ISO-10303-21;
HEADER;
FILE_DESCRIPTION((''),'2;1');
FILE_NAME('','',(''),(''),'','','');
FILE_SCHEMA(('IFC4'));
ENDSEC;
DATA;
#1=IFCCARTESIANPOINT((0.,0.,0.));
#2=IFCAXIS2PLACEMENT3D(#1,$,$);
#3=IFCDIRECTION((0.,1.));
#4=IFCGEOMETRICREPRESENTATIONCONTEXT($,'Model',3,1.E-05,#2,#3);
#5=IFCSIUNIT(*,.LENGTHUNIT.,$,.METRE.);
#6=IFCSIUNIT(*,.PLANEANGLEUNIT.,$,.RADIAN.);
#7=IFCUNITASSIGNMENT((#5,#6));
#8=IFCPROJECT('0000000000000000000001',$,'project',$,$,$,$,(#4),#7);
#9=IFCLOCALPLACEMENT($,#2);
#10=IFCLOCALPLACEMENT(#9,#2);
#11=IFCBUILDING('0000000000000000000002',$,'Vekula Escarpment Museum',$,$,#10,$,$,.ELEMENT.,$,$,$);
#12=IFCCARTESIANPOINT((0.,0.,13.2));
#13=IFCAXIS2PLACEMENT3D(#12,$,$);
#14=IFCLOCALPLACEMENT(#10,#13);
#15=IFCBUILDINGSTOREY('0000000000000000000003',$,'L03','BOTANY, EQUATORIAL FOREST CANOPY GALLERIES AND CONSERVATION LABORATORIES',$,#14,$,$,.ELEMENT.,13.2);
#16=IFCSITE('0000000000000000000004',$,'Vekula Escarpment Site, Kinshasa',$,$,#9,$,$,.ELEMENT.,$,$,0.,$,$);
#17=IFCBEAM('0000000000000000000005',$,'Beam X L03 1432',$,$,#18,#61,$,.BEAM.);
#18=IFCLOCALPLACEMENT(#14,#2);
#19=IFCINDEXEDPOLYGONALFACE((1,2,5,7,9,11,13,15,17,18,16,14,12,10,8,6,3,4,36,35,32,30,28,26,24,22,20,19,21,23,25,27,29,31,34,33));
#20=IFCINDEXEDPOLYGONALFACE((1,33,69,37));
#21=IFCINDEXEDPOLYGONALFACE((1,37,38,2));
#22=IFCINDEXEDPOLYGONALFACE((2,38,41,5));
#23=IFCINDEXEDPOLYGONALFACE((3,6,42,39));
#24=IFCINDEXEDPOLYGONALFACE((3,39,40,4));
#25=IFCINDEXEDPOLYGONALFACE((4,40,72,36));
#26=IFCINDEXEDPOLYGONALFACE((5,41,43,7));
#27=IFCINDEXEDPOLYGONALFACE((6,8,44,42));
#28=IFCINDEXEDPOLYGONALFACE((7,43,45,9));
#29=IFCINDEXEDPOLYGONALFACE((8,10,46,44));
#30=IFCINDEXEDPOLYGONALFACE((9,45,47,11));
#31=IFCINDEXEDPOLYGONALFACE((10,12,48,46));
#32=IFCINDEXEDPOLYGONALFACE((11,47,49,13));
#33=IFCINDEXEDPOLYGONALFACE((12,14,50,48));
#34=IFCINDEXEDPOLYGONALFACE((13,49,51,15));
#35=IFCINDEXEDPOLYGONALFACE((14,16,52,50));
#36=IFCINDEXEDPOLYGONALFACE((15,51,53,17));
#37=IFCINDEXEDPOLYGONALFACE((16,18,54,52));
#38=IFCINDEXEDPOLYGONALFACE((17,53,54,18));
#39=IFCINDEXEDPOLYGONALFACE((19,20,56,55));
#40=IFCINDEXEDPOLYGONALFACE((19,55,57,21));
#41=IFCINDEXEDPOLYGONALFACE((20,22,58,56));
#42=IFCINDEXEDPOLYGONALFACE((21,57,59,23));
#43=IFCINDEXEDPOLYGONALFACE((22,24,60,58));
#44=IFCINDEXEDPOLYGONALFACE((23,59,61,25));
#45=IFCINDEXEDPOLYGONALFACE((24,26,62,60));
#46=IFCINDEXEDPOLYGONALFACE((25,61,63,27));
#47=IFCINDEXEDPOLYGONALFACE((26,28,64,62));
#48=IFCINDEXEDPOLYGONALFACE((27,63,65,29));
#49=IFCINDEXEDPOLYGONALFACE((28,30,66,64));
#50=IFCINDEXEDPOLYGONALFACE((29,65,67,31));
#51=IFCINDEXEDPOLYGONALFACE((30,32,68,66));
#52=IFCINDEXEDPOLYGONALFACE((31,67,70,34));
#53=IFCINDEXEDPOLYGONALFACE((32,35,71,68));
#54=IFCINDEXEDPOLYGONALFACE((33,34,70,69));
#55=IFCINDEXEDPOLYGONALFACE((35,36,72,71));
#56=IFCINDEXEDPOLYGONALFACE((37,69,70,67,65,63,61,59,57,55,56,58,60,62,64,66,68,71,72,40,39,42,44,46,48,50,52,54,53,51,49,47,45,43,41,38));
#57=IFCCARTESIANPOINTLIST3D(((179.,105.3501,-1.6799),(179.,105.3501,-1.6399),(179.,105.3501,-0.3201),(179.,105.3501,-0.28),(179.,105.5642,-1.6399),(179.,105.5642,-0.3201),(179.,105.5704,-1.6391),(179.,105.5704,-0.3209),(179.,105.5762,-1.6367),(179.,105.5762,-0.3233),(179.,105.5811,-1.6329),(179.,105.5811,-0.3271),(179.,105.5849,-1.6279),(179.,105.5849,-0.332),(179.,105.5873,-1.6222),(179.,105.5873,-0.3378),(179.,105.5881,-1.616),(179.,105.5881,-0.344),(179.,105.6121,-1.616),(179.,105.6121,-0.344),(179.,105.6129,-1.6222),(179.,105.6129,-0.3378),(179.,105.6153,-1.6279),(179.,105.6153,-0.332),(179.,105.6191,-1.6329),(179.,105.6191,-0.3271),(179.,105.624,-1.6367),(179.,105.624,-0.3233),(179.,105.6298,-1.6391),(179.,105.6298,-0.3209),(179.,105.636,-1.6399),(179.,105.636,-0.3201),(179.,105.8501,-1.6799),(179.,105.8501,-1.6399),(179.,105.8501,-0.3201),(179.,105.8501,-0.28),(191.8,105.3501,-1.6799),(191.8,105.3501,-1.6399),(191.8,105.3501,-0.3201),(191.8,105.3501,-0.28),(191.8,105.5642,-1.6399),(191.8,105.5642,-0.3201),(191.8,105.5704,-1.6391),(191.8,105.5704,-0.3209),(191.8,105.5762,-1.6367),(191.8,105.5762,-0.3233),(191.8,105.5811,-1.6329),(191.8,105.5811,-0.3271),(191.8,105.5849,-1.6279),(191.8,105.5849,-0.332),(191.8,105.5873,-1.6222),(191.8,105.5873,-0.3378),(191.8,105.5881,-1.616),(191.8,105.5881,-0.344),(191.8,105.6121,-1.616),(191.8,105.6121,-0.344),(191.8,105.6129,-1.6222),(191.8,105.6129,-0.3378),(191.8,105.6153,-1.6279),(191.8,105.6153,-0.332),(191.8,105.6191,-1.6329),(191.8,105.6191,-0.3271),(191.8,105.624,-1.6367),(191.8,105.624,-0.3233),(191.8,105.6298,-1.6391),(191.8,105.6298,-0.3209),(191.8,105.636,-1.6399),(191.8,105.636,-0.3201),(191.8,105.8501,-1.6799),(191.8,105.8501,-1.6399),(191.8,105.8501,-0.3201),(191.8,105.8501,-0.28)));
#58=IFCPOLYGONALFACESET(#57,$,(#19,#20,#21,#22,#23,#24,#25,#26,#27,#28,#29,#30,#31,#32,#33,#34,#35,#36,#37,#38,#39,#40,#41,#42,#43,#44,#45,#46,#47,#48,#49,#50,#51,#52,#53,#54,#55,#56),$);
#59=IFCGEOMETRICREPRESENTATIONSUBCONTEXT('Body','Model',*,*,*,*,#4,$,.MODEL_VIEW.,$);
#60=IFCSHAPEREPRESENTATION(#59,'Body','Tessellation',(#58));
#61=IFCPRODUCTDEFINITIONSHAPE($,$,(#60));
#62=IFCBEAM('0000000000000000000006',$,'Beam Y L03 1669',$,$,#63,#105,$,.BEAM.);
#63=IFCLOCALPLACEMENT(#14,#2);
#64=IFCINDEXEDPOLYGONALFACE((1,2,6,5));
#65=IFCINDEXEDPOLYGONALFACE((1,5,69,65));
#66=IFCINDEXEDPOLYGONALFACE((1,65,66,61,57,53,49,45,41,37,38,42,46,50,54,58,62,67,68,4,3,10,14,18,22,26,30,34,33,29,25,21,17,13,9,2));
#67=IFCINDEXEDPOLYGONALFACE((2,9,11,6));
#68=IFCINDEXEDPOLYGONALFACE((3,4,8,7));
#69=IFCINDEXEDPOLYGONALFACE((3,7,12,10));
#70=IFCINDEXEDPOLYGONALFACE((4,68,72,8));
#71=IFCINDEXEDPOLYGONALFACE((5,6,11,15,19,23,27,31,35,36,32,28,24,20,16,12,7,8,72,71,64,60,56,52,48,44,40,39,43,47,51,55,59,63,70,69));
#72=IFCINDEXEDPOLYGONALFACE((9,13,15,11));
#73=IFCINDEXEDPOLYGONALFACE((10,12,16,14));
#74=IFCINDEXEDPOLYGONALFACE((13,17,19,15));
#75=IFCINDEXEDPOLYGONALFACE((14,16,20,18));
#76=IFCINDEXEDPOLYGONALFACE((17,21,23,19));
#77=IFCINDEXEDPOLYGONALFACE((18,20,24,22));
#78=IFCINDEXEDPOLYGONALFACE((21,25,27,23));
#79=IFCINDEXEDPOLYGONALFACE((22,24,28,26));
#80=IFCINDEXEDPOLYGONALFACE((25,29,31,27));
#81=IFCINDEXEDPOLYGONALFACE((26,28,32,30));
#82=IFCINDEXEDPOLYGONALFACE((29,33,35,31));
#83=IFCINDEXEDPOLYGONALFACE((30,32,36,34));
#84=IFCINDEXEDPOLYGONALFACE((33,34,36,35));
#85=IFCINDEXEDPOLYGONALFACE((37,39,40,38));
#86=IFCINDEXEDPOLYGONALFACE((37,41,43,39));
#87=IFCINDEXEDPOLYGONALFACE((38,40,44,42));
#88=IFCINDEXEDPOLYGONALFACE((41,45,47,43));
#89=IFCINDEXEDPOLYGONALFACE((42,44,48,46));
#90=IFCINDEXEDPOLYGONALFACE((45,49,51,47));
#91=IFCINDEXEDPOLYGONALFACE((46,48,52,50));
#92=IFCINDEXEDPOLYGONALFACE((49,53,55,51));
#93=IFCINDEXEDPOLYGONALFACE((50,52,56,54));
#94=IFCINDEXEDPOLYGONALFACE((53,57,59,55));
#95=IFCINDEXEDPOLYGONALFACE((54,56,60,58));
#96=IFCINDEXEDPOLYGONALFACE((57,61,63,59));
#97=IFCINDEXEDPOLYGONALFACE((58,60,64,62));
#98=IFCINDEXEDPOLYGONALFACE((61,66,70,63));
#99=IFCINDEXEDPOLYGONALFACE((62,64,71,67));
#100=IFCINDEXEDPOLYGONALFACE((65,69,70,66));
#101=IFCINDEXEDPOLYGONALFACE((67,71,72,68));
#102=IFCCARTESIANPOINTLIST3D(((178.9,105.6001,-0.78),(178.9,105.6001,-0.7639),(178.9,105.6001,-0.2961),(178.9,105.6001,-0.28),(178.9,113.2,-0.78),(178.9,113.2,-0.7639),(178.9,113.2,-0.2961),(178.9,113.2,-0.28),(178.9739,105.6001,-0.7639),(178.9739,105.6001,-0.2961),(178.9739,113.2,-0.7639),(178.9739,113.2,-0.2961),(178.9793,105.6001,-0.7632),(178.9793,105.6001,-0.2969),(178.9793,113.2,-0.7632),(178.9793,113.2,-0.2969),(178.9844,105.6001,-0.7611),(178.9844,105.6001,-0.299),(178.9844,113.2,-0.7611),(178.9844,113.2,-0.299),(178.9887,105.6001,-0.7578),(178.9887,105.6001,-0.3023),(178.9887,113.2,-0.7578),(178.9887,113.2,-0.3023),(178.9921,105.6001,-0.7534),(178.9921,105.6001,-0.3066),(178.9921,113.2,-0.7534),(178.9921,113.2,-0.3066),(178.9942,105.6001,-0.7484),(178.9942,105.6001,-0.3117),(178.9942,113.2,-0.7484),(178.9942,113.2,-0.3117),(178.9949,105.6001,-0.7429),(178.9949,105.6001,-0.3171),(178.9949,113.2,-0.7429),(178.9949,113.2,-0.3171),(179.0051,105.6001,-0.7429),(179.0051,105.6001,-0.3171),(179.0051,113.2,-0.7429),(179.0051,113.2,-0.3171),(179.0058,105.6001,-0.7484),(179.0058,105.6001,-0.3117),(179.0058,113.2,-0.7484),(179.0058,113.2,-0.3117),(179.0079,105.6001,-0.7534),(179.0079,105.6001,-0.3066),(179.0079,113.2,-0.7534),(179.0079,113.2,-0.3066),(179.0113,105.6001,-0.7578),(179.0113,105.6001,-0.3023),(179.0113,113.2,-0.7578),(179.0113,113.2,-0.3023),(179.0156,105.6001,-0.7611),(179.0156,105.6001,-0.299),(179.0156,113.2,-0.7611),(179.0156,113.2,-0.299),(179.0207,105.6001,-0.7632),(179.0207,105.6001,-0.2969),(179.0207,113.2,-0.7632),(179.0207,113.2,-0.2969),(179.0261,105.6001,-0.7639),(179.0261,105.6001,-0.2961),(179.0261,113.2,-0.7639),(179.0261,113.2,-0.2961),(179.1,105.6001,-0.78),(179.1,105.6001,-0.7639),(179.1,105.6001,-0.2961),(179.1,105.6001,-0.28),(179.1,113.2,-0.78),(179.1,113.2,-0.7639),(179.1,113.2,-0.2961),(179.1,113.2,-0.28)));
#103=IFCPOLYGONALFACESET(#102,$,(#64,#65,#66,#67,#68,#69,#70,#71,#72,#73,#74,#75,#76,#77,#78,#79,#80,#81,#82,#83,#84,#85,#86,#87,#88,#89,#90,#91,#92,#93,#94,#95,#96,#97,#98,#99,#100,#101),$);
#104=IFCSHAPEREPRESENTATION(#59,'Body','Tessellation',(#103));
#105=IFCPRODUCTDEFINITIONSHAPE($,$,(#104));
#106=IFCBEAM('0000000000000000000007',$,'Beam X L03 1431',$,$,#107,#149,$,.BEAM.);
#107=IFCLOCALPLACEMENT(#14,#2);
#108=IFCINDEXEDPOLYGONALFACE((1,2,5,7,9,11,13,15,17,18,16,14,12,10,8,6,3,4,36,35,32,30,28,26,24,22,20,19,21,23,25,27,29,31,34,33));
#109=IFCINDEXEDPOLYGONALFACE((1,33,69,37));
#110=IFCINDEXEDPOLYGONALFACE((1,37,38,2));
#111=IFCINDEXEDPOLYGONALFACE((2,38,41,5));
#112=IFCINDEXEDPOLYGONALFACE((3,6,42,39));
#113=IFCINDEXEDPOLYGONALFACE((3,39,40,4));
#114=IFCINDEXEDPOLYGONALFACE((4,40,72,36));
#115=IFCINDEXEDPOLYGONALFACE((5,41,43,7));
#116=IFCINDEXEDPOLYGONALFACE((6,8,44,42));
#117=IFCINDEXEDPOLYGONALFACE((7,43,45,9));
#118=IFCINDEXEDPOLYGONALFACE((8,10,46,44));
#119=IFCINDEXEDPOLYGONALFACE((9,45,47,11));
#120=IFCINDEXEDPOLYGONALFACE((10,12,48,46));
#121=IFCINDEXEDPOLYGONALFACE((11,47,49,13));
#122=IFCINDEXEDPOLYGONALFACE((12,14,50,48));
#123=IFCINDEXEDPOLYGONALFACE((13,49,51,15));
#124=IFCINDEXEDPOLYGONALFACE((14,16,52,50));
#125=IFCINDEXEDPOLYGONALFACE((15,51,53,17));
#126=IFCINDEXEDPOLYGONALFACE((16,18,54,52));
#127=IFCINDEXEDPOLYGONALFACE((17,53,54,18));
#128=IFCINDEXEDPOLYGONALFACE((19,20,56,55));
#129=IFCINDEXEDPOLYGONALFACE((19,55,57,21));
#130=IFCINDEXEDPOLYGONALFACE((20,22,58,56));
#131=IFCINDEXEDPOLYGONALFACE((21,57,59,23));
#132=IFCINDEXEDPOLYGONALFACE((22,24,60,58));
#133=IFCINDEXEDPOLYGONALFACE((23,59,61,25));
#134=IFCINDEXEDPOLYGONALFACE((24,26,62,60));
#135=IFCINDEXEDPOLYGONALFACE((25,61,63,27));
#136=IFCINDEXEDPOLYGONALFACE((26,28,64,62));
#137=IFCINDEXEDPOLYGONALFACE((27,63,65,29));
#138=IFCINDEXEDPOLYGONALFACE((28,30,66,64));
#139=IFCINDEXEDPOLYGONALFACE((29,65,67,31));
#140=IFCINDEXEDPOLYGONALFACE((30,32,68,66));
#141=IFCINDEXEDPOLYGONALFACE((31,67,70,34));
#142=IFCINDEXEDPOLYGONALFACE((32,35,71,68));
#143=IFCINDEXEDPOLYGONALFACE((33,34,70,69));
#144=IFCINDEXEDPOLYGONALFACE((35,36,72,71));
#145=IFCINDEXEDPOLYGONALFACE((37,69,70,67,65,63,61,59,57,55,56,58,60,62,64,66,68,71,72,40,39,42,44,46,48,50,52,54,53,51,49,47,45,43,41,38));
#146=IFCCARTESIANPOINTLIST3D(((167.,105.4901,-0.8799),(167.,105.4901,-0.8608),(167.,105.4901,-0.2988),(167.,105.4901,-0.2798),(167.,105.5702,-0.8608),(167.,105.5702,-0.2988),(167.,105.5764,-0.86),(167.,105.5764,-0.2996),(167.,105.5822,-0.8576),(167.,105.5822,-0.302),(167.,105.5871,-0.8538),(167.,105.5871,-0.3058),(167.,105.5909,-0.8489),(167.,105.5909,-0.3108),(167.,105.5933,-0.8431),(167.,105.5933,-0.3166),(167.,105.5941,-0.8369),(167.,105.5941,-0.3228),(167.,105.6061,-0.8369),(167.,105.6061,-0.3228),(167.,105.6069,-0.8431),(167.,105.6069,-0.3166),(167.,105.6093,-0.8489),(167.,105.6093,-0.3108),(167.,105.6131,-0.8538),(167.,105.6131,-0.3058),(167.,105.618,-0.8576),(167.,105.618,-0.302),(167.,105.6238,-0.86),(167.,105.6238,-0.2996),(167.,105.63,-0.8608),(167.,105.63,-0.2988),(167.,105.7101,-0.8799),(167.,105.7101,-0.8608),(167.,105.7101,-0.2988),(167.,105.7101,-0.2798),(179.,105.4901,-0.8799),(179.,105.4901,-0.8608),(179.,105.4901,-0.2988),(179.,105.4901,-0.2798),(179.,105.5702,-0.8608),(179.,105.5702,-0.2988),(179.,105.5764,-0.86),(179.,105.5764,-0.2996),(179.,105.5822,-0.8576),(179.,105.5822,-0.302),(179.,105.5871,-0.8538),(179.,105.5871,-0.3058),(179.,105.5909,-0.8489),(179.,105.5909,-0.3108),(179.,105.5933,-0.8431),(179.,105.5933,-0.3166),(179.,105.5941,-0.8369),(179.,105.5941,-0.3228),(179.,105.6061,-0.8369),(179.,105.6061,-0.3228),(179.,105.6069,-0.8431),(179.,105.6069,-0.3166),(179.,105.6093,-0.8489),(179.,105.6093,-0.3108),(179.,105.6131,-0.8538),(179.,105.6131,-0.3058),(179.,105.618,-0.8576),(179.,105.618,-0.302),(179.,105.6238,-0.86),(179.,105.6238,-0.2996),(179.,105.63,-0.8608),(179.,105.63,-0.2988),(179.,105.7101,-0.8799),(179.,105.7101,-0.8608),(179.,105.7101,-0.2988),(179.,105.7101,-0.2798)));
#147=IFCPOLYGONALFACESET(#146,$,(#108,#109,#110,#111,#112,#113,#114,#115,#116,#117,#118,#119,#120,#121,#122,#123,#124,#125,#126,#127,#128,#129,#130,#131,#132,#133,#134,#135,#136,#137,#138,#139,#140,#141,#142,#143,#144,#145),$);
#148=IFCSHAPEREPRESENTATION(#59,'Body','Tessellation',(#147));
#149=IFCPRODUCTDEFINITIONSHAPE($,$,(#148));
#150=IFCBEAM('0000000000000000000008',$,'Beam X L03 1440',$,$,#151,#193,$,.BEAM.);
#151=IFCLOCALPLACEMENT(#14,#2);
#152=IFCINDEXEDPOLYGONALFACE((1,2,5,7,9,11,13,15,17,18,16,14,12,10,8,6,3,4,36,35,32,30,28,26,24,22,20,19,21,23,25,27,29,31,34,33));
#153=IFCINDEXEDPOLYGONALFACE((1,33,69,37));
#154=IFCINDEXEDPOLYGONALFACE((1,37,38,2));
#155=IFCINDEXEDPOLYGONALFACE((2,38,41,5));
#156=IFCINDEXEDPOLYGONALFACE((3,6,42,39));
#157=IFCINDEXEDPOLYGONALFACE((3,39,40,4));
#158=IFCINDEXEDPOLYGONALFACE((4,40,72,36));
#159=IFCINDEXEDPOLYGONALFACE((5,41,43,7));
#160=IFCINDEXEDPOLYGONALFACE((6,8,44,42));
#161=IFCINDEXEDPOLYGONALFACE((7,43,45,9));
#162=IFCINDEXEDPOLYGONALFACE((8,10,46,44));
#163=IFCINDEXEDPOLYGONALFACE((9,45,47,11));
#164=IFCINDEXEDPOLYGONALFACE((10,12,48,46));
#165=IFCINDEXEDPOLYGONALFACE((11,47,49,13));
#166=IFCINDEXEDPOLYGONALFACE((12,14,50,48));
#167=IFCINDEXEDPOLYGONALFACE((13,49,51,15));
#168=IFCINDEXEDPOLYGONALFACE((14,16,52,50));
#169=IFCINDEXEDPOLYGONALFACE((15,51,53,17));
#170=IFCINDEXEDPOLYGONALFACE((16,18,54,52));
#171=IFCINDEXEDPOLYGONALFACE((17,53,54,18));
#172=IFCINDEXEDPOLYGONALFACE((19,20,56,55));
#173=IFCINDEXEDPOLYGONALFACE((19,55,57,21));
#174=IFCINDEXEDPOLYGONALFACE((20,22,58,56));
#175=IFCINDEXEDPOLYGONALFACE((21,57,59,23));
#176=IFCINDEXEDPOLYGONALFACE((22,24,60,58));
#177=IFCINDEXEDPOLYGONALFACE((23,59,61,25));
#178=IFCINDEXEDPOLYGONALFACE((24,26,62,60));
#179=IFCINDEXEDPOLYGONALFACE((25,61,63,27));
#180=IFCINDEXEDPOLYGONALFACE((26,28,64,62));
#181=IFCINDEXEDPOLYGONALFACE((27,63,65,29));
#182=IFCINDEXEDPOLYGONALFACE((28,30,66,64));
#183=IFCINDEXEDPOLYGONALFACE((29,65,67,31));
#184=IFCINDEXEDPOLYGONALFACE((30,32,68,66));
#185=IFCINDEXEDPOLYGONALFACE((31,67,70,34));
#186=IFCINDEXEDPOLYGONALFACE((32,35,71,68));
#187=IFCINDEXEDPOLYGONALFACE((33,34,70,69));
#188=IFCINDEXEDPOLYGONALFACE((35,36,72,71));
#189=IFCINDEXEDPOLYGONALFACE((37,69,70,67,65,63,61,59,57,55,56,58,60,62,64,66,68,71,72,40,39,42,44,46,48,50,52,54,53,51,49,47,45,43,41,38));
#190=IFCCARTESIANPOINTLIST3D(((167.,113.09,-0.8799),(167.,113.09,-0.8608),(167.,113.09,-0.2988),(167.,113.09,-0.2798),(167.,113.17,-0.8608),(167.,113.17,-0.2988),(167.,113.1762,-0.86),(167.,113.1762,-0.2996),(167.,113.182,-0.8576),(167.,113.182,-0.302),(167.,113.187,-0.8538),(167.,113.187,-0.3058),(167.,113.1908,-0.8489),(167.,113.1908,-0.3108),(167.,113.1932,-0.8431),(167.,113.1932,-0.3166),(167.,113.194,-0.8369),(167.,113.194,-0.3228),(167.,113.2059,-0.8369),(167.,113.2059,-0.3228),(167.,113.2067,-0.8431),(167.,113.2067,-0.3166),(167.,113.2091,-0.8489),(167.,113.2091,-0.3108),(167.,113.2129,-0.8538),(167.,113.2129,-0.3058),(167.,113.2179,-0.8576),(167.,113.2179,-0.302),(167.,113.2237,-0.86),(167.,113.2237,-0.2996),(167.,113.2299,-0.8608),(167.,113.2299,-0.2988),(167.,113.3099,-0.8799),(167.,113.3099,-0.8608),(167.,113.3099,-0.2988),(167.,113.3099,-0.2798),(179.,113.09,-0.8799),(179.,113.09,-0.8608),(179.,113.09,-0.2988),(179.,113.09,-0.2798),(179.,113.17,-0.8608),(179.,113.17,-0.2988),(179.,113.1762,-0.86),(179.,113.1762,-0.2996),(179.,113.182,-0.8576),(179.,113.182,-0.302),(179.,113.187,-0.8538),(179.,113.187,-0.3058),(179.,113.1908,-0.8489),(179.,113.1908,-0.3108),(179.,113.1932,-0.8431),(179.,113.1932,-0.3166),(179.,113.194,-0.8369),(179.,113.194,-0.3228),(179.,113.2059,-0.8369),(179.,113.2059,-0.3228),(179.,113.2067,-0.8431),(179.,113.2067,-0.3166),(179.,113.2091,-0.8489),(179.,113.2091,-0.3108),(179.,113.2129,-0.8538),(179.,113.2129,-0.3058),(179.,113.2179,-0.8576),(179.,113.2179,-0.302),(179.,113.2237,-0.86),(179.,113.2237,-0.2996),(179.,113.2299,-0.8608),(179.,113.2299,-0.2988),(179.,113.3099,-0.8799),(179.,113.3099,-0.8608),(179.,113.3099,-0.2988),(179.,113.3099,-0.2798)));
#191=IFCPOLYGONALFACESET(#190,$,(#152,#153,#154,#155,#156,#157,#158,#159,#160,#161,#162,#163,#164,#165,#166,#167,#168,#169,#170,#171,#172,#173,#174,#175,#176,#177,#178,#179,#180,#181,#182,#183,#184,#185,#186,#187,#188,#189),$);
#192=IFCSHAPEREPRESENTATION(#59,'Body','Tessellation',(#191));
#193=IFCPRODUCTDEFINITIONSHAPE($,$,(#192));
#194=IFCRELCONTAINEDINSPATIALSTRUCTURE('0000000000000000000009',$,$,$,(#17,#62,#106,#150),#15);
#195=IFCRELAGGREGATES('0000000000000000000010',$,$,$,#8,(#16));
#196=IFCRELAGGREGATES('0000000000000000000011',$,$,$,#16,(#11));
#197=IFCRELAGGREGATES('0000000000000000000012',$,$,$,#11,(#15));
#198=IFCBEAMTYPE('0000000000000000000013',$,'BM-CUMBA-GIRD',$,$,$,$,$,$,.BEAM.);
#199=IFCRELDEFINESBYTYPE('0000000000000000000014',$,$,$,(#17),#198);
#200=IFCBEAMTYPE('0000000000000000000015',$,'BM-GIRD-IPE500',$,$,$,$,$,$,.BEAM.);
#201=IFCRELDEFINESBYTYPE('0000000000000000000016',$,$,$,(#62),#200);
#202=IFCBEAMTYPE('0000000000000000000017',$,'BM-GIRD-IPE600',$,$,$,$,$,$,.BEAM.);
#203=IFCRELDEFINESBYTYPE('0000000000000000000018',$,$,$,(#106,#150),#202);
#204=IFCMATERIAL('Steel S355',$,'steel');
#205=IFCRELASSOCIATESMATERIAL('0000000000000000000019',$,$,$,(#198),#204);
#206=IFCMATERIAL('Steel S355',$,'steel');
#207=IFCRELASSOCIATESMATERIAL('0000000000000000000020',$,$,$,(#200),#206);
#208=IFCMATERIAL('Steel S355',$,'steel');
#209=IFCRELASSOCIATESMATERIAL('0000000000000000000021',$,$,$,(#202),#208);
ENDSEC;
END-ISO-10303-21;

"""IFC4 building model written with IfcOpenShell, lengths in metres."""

from ifc_helpers import new_model, si_unit, direction, frame, origin, origin_2d, place, context, subcontext, project, spatial, i_section, extrude, material, material_profile, profile_set, type_object, element, save


model = new_model("IFC4")

# Units and contexts
model_context = context("Model", 3, precision=1e-05, world=origin(), true_north=direction((0.0, 1.0)))
body_context = subcontext(model_context, "Body", "Model", "MODEL_VIEW")
ifc_project = project(units=[si_unit("LENGTHUNIT", "METRE"), si_unit("PLANEANGLEUNIT", "RADIAN")], contexts=[model_context])

# Site, building, storey
site_placement = place(None, origin())
site = spatial("IfcSite", under=ifc_project, at=site_placement, Name="Vekula Escarpment Site, Kinshasa", CompositionType="ELEMENT", RefElevation=0.0)
building_placement = place(site_placement, origin())
building = spatial("IfcBuilding", under=site, at=building_placement, Name="Vekula Escarpment Museum", CompositionType="ELEMENT")
storey_placement = place(building_placement, frame((0.0, 0.0, 13.2)))
storey = spatial("IfcBuildingStorey", under=building, at=storey_placement, Name="L03", Description="BOTANY, EQUATORIAL FOREST CANOPY GALLERIES AND CONSERVATION LABORATORIES", CompositionType="ELEMENT", Elevation=13.2)

# Beams
ifc_material_1 = material(Name="Steel S355", Category="steel")
ifc_material_profile_1 = material_profile(ifc_material_1, i_section(OverallWidth=0.5, OverallDepth=1.3999, WebThickness=0.0239, FlangeThickness=0.04, FilletRadius=0.0239, at=origin_2d()), Name="WPG 1400x500")
ifc_profile_set_1 = profile_set([ifc_material_profile_1], Name="Steel S355")
beam_type_1 = type_object("IfcBeamType", Name="BM-CUMBA-GIRD", PredefinedType="BEAM", material=ifc_profile_set_1)
beam_1_placement = place(storey_placement, frame((179.0, 105.6001, -0.98), z_axis=(1.0, 0.0, 0.0), x_axis=(0.0, 1.0, 0.0)))
element("IfcBeam", 1, at=beam_1_placement, inside=storey, type_object=beam_type_1, Name="Beam X L03 1432", PredefinedType="BEAM", context=body_context, shape_type="SweptSolid", body=[
    extrude(i_section(OverallWidth=0.5, OverallDepth=1.3999, WebThickness=0.0239, FlangeThickness=0.04, FilletRadius=0.0239, at=origin_2d()), origin(), (0.0, 0.0, 1.0), 12.8),
])
ifc_material_2 = material(Name="Steel S355", Category="steel")
ifc_material_profile_2 = material_profile(ifc_material_2, i_section(OverallWidth=0.2, OverallDepth=0.5, WebThickness=0.0103, FlangeThickness=0.0161, FilletRadius=0.021, at=origin_2d()), Name="IPE 500")
ifc_profile_set_2 = profile_set([ifc_material_profile_2], Name="Steel S355")
beam_type_2 = type_object("IfcBeamType", Name="BM-GIRD-IPE500", PredefinedType="BEAM", material=ifc_profile_set_2)
beam_2_placement = place(storey_placement, frame((179.0, 105.6001, -0.53), z_axis=(0.0, 1.0, 0.0), x_axis=(-1.0, 0.0, 0.0)))
element("IfcBeam", 2, at=beam_2_placement, inside=storey, type_object=beam_type_2, Name="Beam Y L03 1669", PredefinedType="BEAM", context=body_context, shape_type="SweptSolid", body=[
    extrude(i_section(OverallWidth=0.2, OverallDepth=0.5, WebThickness=0.0103, FlangeThickness=0.0161, FilletRadius=0.021, at=origin_2d()), origin(), (0.0, 0.0, 1.0), 7.5999),
])
ifc_material_3 = material(Name="Steel S355", Category="steel")
ifc_material_profile_3 = material_profile(ifc_material_3, i_section(OverallWidth=0.22, OverallDepth=0.6001, WebThickness=0.012, FlangeThickness=0.019, FilletRadius=0.0239, at=origin_2d()), Name="IPE 600")
ifc_profile_set_3 = profile_set([ifc_material_profile_3], Name="Steel S355")
beam_type_3 = type_object("IfcBeamType", Name="BM-GIRD-IPE600", PredefinedType="BEAM", material=ifc_profile_set_3)
for number, where, z_axis, x_axis, name in (
    (3, (167.0, 105.6001, -0.5798), (1.0, 0.0, 0.0), (0.0, 1.0, 0.0), "Beam X L03 1431"),
    (4, (167.0, 113.2, -0.5798), (1.0, 0.0, 0.0), (0.0, 1.0, 0.0), "Beam X L03 1440"),
):
    element("IfcBeam", number, at=place(storey_placement, frame(where, z_axis=z_axis, x_axis=x_axis)), inside=storey, type_object=beam_type_3, Name=name, PredefinedType="BEAM", context=body_context, shape_type="SweptSolid", body=[
        extrude(i_section(OverallWidth=0.22, OverallDepth=0.6001, WebThickness=0.012, FlangeThickness=0.019, FilletRadius=0.0239, at=origin_2d()), origin(), (0.0, 0.0, 1.0), 12.0),
    ])

save(model, "model.ifc")
